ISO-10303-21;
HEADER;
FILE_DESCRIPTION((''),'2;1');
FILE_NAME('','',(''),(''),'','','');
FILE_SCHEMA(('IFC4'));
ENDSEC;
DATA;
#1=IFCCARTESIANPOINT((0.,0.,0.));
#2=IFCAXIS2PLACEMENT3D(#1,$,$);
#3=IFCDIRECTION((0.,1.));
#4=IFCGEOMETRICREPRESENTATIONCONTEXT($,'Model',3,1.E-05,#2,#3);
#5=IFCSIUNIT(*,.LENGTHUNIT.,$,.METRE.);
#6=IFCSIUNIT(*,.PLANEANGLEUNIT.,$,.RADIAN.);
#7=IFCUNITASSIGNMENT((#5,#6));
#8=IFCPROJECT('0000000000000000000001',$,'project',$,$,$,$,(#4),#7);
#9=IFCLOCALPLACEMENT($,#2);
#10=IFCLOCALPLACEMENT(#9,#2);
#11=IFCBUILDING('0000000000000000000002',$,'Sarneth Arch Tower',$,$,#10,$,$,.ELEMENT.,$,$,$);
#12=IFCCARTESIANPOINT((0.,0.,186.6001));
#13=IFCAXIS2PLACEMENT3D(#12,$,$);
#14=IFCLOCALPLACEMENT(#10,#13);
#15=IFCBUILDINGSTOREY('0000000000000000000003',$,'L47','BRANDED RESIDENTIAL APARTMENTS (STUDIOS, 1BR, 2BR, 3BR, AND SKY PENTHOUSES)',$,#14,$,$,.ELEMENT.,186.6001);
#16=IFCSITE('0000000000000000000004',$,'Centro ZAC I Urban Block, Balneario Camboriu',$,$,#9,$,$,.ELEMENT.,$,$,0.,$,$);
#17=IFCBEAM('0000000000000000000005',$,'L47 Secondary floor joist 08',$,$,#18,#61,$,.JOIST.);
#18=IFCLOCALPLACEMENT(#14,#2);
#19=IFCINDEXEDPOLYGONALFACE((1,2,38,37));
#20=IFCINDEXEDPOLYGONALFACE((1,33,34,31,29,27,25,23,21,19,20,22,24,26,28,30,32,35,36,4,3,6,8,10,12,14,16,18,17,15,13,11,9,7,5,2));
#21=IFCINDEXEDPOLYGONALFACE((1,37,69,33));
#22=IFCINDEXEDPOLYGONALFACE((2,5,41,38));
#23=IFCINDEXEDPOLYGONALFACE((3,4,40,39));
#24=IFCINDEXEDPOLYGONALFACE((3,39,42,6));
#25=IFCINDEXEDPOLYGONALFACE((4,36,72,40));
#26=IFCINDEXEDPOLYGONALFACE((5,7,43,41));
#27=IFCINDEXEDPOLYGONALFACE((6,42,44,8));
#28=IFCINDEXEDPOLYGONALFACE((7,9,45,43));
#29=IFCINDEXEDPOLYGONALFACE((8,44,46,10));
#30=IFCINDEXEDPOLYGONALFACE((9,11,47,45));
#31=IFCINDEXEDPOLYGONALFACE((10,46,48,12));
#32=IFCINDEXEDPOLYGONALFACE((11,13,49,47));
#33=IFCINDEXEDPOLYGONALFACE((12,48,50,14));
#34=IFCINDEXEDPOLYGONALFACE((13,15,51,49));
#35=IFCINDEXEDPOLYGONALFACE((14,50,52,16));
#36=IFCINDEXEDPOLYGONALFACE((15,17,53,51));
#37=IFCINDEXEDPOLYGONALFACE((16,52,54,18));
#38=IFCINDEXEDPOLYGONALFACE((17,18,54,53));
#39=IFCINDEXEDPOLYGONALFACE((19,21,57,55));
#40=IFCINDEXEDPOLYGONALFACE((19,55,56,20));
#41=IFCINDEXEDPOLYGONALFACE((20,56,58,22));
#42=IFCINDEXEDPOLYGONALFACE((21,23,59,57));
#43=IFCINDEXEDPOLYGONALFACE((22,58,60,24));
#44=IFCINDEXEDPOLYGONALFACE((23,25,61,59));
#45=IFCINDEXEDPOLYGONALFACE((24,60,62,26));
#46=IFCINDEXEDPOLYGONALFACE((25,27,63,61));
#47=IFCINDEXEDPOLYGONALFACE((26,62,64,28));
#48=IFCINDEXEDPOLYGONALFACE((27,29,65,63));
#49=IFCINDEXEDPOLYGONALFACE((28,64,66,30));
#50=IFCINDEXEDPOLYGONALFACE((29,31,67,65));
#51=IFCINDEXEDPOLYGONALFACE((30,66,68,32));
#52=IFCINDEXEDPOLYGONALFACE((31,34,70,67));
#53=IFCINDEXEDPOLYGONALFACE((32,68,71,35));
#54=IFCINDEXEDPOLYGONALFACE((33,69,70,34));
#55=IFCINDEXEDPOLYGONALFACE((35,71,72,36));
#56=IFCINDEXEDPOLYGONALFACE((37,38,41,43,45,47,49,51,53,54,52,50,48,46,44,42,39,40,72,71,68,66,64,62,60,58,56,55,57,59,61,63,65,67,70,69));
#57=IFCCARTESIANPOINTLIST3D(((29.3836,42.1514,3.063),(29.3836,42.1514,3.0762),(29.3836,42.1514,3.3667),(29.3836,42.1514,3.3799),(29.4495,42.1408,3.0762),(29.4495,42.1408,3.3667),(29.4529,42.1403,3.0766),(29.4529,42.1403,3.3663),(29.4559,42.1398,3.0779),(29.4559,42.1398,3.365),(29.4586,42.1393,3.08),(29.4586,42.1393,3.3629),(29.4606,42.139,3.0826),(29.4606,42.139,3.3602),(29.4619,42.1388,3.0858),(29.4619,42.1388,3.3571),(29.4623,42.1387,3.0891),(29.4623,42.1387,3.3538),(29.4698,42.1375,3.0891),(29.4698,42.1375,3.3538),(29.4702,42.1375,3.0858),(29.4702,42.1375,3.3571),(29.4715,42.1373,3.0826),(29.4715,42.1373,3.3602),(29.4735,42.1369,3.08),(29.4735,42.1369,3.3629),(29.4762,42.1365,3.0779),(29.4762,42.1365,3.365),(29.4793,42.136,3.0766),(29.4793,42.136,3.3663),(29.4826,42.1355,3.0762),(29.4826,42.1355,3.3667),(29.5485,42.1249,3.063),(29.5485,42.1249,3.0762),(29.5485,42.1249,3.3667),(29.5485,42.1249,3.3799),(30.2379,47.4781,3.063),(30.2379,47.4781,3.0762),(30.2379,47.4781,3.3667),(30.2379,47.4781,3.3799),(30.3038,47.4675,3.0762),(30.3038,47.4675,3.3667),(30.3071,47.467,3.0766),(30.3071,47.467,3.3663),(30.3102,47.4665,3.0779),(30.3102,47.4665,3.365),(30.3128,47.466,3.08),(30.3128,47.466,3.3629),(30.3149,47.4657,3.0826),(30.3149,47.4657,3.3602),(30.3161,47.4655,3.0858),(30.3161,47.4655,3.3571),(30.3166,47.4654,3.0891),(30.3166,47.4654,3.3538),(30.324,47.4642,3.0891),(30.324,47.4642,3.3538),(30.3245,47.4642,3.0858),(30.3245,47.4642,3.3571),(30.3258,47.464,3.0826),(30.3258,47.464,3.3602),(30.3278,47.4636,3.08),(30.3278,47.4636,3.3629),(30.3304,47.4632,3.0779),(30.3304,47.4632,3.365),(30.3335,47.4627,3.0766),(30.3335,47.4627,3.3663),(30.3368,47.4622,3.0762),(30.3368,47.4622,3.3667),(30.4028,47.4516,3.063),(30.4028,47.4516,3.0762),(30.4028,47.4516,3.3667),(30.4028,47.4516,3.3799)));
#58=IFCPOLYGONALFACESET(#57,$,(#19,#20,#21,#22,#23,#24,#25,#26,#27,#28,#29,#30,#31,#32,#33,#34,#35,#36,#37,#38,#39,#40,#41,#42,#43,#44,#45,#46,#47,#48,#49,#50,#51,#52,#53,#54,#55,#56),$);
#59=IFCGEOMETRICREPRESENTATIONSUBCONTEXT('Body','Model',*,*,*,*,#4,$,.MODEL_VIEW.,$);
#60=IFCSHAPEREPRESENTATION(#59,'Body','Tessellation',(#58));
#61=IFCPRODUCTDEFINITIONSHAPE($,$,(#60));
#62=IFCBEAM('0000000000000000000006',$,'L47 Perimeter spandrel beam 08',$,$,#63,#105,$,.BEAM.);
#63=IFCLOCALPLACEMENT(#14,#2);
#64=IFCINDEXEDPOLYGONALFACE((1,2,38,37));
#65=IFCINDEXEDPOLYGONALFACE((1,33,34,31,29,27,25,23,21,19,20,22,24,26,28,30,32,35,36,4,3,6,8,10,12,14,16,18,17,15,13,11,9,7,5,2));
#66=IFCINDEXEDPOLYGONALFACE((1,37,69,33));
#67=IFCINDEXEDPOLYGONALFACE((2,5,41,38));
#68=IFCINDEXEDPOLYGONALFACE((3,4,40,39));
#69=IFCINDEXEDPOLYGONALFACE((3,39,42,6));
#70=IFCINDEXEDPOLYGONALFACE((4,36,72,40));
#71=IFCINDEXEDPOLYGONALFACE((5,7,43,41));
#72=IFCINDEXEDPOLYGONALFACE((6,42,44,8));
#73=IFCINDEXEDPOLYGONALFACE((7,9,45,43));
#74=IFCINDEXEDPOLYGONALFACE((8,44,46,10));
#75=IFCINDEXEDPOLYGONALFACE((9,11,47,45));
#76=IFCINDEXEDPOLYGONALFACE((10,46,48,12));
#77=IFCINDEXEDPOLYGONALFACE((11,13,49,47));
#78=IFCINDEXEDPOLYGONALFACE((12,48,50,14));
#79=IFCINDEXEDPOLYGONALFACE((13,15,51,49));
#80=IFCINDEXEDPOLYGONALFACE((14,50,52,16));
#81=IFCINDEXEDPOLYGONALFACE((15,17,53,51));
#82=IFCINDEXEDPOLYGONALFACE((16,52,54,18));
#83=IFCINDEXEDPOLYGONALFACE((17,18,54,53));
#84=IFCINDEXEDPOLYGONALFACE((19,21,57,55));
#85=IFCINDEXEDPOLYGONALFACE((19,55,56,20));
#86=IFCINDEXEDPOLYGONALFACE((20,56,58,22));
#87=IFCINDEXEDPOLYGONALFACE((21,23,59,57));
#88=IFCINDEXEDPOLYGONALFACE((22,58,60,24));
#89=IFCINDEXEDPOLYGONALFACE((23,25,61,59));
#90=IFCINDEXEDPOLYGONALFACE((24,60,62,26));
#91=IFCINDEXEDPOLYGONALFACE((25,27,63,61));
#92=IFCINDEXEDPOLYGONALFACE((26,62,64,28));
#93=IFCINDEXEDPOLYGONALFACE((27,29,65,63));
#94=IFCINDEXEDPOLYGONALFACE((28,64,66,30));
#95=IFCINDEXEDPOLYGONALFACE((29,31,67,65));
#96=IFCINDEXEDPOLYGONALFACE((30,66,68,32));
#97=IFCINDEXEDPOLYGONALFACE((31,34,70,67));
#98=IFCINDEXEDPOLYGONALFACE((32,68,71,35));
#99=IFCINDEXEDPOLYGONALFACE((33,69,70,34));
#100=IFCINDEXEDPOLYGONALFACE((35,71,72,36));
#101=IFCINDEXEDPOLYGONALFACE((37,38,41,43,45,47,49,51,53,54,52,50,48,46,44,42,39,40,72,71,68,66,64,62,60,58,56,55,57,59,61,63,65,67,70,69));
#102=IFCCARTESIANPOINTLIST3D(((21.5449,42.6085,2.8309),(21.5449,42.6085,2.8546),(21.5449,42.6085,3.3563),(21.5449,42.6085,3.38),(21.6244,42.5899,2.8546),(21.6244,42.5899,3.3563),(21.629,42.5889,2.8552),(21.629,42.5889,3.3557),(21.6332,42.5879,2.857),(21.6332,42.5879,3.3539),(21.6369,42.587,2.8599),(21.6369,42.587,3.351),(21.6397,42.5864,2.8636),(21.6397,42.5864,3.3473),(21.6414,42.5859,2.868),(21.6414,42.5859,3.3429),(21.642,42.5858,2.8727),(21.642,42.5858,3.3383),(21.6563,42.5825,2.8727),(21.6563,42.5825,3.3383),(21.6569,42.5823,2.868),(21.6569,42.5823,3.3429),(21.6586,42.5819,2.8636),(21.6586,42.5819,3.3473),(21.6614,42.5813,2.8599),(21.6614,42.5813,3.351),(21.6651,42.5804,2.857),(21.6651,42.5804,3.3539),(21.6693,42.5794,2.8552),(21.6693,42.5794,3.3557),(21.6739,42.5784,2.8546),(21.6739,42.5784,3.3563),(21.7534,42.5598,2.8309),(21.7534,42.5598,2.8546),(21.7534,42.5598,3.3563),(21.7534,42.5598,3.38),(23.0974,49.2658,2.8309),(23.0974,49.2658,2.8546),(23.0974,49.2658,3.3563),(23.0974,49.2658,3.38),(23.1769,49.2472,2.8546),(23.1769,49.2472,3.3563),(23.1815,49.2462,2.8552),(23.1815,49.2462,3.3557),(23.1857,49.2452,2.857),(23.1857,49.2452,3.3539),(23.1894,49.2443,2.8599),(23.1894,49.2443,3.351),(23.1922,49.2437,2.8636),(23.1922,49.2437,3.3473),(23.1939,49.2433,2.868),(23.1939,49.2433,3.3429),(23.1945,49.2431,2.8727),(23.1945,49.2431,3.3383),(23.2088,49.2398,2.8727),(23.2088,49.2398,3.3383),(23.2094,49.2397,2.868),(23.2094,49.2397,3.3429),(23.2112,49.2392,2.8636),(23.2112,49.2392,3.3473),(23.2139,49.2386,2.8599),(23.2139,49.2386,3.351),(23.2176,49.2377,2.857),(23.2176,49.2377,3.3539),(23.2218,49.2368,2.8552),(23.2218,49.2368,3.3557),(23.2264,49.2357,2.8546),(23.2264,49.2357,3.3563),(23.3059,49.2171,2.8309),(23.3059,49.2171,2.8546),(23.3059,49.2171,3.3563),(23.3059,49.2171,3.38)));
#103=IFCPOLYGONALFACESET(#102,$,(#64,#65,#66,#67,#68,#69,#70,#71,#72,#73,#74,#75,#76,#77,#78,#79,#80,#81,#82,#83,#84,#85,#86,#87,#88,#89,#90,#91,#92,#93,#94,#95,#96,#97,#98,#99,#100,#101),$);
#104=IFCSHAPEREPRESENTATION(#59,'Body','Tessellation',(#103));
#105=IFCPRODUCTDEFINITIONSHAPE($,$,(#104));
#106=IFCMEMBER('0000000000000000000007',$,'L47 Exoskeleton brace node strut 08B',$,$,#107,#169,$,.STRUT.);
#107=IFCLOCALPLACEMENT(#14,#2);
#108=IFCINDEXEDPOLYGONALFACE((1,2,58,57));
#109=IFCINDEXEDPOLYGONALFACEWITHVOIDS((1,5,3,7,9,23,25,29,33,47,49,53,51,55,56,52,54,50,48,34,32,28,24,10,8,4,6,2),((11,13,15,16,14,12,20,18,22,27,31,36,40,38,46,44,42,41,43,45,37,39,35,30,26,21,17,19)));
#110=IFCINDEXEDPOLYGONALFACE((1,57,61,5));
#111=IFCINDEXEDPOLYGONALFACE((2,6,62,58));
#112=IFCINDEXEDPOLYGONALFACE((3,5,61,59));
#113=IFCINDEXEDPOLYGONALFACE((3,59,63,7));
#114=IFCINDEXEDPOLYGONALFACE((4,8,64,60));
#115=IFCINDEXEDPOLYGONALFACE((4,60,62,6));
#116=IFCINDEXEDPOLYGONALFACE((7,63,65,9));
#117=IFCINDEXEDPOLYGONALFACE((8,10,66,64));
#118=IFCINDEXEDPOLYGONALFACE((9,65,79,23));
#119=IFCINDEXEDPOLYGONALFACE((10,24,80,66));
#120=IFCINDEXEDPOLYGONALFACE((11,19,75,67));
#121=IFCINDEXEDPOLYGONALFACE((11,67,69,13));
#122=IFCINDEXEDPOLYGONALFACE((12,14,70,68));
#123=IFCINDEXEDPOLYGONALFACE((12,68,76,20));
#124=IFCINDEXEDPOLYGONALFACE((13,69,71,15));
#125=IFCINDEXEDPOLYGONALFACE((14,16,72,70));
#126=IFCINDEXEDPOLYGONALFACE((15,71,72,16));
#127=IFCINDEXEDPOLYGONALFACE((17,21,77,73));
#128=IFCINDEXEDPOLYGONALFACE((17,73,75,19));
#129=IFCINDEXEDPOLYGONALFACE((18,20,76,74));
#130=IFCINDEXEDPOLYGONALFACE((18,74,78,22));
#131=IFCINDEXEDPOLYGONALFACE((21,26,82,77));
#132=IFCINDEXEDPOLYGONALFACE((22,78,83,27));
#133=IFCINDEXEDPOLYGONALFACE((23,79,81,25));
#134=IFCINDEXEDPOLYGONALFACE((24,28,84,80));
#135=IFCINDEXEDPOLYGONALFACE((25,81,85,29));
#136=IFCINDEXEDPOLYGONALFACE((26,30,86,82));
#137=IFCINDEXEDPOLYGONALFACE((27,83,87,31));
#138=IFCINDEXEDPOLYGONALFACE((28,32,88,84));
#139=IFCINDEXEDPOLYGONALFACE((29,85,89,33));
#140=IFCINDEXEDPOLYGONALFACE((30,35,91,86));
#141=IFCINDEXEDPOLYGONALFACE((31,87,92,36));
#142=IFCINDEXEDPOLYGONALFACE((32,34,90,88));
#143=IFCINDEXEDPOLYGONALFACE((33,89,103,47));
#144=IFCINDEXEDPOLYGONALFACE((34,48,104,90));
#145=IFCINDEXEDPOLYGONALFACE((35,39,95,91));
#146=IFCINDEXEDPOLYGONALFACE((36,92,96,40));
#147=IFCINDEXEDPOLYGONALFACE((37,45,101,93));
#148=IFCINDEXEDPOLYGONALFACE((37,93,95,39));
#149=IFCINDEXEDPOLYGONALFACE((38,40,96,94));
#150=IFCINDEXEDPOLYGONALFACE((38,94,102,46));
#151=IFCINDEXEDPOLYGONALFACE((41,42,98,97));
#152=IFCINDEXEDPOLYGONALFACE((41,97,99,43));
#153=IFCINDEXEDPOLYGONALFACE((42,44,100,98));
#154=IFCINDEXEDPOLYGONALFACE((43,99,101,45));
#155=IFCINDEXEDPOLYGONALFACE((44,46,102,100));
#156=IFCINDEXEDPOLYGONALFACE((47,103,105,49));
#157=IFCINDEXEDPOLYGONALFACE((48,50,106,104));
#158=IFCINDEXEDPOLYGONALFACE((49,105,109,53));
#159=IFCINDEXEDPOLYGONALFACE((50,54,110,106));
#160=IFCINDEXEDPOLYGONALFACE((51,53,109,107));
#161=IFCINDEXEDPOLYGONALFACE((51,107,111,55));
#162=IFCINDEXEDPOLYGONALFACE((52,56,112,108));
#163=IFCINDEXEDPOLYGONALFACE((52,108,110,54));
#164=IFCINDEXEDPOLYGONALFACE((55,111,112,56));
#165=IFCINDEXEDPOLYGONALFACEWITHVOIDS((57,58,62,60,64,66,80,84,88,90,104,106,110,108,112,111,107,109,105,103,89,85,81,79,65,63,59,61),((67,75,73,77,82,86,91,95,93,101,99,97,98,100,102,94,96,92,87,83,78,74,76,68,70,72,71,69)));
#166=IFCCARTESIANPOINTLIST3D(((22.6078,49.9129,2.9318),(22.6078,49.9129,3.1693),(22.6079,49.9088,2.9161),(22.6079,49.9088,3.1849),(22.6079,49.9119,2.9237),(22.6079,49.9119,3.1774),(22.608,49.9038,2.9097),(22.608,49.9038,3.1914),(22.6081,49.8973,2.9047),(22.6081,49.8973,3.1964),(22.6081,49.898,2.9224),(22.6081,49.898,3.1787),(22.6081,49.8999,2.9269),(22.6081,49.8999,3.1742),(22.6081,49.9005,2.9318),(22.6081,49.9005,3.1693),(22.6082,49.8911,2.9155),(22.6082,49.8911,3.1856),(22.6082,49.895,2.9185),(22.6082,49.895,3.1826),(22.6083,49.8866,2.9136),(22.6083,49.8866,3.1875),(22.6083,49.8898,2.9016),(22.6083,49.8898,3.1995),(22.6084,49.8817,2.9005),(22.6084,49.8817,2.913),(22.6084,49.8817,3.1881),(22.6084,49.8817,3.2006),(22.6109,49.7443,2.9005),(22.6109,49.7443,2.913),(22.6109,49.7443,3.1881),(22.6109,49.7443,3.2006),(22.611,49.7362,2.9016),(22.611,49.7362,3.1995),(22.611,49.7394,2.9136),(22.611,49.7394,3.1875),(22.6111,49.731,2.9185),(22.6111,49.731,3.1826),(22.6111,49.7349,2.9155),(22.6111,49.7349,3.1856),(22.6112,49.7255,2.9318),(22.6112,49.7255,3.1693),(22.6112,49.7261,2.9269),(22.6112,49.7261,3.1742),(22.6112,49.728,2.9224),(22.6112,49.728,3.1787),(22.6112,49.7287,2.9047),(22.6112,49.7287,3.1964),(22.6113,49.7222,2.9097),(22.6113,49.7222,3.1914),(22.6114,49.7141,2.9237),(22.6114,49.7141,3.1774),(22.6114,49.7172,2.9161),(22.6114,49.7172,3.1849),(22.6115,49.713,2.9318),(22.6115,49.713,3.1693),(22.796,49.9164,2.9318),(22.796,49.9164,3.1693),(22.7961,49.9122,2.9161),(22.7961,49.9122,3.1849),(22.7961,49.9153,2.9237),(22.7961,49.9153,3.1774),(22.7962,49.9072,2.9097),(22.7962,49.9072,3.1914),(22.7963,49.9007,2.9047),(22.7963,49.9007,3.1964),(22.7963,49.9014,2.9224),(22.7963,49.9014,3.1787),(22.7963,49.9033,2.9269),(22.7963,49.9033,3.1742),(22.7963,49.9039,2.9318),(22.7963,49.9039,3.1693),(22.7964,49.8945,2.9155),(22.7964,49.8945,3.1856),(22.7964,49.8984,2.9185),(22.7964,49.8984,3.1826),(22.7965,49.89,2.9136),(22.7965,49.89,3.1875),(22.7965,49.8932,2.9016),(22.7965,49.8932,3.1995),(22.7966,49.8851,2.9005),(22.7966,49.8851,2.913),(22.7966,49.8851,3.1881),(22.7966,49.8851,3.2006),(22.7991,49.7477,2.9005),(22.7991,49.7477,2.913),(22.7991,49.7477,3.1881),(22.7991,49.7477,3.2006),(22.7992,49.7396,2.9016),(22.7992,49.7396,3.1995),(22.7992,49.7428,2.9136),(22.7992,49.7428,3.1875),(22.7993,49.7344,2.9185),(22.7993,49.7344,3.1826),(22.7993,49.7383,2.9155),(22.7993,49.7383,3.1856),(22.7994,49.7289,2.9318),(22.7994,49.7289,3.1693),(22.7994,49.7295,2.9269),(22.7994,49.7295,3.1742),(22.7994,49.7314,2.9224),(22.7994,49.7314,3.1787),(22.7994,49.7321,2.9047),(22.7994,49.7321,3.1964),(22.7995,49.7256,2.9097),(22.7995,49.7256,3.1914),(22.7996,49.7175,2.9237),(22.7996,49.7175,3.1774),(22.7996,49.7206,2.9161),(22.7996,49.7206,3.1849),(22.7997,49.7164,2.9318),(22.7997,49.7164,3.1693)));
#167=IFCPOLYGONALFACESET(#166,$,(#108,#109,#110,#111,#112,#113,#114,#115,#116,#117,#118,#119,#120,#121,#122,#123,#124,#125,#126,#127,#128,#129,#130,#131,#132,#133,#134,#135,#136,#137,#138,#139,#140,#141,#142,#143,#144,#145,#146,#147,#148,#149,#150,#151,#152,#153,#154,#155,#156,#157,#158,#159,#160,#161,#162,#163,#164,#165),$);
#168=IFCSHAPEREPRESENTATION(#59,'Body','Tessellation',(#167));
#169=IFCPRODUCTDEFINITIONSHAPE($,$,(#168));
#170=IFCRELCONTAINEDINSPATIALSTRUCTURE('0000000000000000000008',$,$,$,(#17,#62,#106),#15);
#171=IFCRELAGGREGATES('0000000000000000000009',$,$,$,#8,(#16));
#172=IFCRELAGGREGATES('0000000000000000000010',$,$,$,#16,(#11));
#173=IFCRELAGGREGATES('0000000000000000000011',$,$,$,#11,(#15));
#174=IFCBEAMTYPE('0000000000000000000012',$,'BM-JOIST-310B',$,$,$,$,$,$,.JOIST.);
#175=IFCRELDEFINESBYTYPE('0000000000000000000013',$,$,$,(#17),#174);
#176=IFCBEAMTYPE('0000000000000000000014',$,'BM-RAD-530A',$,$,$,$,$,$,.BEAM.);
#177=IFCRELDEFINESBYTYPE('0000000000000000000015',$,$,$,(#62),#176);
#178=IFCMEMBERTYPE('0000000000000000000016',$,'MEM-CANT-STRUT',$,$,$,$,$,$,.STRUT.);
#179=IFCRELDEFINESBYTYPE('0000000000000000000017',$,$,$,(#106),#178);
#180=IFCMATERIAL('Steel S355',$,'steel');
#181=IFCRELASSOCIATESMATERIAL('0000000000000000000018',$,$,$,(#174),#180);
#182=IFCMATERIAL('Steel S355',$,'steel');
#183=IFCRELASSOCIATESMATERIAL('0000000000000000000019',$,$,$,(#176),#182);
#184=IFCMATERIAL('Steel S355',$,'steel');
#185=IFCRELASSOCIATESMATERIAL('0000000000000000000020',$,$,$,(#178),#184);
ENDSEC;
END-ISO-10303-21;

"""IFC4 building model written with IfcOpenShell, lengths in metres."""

from ifc_helpers import new_model, si_unit, direction, frame, origin, origin_2d, place, context, subcontext, project, spatial, hollow_rectangle, i_section, extrude, material, material_profile, profile_set, type_object, element, save


model = new_model("IFC4")

# Units and contexts
model_context = context("Model", 3, precision=1e-05, world=origin(), true_north=direction((0.0, 1.0)))
body_context = subcontext(model_context, "Body", "Model", "MODEL_VIEW")
ifc_project = project(units=[si_unit("LENGTHUNIT", "METRE"), si_unit("PLANEANGLEUNIT", "RADIAN")], contexts=[model_context])

# Site, building, storey
site_placement = place(None, origin())
site = spatial("IfcSite", under=ifc_project, at=site_placement, Name="Centro ZAC I Urban Block, Balneario Camboriu", CompositionType="ELEMENT", RefElevation=0.0)
building_placement = place(site_placement, origin())
building = spatial("IfcBuilding", under=site, at=building_placement, Name="Sarneth Arch Tower", CompositionType="ELEMENT")
storey_placement = place(building_placement, frame((0.0, 0.0, 186.6001)))
storey = spatial("IfcBuildingStorey", under=building, at=storey_placement, Name="L47", Description="BRANDED RESIDENTIAL APARTMENTS (STUDIOS, 1BR, 2BR, 3BR, AND SKY PENTHOUSES)", CompositionType="ELEMENT", Elevation=186.6001)

# Beams
ifc_material_1 = material(Name="Steel S355", Category="steel")
ifc_material_profile_1 = material_profile(ifc_material_1, i_section(OverallWidth=0.167, OverallDepth=0.3169, WebThickness=0.0076, FlangeThickness=0.0132, FilletRadius=0.0129, at=origin_2d()), Name="W310x52")
ifc_profile_set_1 = profile_set([ifc_material_profile_1], Name="Steel S355")
beam_type_1 = type_object("IfcBeamType", Name="BM-JOIST-310B", PredefinedType="JOIST", material=ifc_profile_set_1)
beam_1_placement = place(storey_placement, frame((30.3203, 47.4648, 3.2214), z_axis=(-0.158349, -0.987383, 0.0), x_axis=(0.987383, -0.158349, 0.0)))
element("IfcBeam", 1, at=beam_1_placement, inside=storey, type_object=beam_type_1, Name="L47 Secondary floor joist 08", PredefinedType="JOIST", context=body_context, shape_type="SweptSolid", body=[
    extrude(i_section(OverallWidth=0.167, OverallDepth=0.3169, WebThickness=0.0076, FlangeThickness=0.0132, FilletRadius=0.0129, at=origin_2d()), origin(), (0.0, 0.0, 1.0), 5.3948),
])
ifc_material_2 = material(Name="Steel S355", Category="steel")
ifc_material_profile_2 = material_profile(ifc_material_2, i_section(OverallWidth=0.2141, OverallDepth=0.5491, WebThickness=0.0146, FlangeThickness=0.0237, FilletRadius=0.0181, at=origin_2d()), Name="W530x138")
ifc_profile_set_2 = profile_set([ifc_material_profile_2], Name="Steel S355")
beam_type_2 = type_object("IfcBeamType", Name="BM-RAD-530A", PredefinedType="BEAM", material=ifc_profile_set_2)
beam_2_placement = place(storey_placement, frame((23.2017, 49.2415, 3.1055), z_axis=(-0.22711, -0.973869, 0.0), x_axis=(0.973869, -0.22711, 0.0)))
element("IfcBeam", 2, at=beam_2_placement, inside=storey, type_object=beam_type_2, Name="L47 Perimeter spandrel beam 08", PredefinedType="BEAM", context=body_context, shape_type="SweptSolid", body=[
    extrude(i_section(OverallWidth=0.2141, OverallDepth=0.5491, WebThickness=0.0146, FlangeThickness=0.0237, FilletRadius=0.0181, at=origin_2d()), origin(), (0.0, 0.0, 1.0), 6.8359),
])

# Member
ifc_material_3 = material(Name="Steel S355", Category="steel")
ifc_material_profile_3 = material_profile(ifc_material_3, hollow_rectangle(XDim=0.2, YDim=0.3, WallThickness=0.0125, InnerFilletRadius=0.0188, OuterFilletRadius=0.0312, at=origin_2d()), Name="RHS300x200x12.5")
ifc_profile_set_3 = profile_set([ifc_material_profile_3], Name="Steel S355")
member_type_1 = type_object("IfcMemberType", Name="MEM-CANT-STRUT", PredefinedType="STRUT", material=ifc_profile_set_3)
member_1_placement = place(storey_placement, frame((22.7979, 49.8164, 3.0505), z_axis=(-0.999835, -0.018155, 0.0), x_axis=(0.018155, -0.999835, 0.0)))
element("IfcMember", 3, at=member_1_placement, inside=storey, type_object=member_type_1, Name="L47 Exoskeleton brace node strut 08B", PredefinedType="STRUT", context=body_context, shape_type="SweptSolid", body=[
    extrude(hollow_rectangle(XDim=0.2, YDim=0.3, WallThickness=0.0125, InnerFilletRadius=0.0188, OuterFilletRadius=0.0312, at=origin_2d()), origin(), (0.0, 0.0, 1.0), 0.1882),
])

save(model, "model.ifc")
